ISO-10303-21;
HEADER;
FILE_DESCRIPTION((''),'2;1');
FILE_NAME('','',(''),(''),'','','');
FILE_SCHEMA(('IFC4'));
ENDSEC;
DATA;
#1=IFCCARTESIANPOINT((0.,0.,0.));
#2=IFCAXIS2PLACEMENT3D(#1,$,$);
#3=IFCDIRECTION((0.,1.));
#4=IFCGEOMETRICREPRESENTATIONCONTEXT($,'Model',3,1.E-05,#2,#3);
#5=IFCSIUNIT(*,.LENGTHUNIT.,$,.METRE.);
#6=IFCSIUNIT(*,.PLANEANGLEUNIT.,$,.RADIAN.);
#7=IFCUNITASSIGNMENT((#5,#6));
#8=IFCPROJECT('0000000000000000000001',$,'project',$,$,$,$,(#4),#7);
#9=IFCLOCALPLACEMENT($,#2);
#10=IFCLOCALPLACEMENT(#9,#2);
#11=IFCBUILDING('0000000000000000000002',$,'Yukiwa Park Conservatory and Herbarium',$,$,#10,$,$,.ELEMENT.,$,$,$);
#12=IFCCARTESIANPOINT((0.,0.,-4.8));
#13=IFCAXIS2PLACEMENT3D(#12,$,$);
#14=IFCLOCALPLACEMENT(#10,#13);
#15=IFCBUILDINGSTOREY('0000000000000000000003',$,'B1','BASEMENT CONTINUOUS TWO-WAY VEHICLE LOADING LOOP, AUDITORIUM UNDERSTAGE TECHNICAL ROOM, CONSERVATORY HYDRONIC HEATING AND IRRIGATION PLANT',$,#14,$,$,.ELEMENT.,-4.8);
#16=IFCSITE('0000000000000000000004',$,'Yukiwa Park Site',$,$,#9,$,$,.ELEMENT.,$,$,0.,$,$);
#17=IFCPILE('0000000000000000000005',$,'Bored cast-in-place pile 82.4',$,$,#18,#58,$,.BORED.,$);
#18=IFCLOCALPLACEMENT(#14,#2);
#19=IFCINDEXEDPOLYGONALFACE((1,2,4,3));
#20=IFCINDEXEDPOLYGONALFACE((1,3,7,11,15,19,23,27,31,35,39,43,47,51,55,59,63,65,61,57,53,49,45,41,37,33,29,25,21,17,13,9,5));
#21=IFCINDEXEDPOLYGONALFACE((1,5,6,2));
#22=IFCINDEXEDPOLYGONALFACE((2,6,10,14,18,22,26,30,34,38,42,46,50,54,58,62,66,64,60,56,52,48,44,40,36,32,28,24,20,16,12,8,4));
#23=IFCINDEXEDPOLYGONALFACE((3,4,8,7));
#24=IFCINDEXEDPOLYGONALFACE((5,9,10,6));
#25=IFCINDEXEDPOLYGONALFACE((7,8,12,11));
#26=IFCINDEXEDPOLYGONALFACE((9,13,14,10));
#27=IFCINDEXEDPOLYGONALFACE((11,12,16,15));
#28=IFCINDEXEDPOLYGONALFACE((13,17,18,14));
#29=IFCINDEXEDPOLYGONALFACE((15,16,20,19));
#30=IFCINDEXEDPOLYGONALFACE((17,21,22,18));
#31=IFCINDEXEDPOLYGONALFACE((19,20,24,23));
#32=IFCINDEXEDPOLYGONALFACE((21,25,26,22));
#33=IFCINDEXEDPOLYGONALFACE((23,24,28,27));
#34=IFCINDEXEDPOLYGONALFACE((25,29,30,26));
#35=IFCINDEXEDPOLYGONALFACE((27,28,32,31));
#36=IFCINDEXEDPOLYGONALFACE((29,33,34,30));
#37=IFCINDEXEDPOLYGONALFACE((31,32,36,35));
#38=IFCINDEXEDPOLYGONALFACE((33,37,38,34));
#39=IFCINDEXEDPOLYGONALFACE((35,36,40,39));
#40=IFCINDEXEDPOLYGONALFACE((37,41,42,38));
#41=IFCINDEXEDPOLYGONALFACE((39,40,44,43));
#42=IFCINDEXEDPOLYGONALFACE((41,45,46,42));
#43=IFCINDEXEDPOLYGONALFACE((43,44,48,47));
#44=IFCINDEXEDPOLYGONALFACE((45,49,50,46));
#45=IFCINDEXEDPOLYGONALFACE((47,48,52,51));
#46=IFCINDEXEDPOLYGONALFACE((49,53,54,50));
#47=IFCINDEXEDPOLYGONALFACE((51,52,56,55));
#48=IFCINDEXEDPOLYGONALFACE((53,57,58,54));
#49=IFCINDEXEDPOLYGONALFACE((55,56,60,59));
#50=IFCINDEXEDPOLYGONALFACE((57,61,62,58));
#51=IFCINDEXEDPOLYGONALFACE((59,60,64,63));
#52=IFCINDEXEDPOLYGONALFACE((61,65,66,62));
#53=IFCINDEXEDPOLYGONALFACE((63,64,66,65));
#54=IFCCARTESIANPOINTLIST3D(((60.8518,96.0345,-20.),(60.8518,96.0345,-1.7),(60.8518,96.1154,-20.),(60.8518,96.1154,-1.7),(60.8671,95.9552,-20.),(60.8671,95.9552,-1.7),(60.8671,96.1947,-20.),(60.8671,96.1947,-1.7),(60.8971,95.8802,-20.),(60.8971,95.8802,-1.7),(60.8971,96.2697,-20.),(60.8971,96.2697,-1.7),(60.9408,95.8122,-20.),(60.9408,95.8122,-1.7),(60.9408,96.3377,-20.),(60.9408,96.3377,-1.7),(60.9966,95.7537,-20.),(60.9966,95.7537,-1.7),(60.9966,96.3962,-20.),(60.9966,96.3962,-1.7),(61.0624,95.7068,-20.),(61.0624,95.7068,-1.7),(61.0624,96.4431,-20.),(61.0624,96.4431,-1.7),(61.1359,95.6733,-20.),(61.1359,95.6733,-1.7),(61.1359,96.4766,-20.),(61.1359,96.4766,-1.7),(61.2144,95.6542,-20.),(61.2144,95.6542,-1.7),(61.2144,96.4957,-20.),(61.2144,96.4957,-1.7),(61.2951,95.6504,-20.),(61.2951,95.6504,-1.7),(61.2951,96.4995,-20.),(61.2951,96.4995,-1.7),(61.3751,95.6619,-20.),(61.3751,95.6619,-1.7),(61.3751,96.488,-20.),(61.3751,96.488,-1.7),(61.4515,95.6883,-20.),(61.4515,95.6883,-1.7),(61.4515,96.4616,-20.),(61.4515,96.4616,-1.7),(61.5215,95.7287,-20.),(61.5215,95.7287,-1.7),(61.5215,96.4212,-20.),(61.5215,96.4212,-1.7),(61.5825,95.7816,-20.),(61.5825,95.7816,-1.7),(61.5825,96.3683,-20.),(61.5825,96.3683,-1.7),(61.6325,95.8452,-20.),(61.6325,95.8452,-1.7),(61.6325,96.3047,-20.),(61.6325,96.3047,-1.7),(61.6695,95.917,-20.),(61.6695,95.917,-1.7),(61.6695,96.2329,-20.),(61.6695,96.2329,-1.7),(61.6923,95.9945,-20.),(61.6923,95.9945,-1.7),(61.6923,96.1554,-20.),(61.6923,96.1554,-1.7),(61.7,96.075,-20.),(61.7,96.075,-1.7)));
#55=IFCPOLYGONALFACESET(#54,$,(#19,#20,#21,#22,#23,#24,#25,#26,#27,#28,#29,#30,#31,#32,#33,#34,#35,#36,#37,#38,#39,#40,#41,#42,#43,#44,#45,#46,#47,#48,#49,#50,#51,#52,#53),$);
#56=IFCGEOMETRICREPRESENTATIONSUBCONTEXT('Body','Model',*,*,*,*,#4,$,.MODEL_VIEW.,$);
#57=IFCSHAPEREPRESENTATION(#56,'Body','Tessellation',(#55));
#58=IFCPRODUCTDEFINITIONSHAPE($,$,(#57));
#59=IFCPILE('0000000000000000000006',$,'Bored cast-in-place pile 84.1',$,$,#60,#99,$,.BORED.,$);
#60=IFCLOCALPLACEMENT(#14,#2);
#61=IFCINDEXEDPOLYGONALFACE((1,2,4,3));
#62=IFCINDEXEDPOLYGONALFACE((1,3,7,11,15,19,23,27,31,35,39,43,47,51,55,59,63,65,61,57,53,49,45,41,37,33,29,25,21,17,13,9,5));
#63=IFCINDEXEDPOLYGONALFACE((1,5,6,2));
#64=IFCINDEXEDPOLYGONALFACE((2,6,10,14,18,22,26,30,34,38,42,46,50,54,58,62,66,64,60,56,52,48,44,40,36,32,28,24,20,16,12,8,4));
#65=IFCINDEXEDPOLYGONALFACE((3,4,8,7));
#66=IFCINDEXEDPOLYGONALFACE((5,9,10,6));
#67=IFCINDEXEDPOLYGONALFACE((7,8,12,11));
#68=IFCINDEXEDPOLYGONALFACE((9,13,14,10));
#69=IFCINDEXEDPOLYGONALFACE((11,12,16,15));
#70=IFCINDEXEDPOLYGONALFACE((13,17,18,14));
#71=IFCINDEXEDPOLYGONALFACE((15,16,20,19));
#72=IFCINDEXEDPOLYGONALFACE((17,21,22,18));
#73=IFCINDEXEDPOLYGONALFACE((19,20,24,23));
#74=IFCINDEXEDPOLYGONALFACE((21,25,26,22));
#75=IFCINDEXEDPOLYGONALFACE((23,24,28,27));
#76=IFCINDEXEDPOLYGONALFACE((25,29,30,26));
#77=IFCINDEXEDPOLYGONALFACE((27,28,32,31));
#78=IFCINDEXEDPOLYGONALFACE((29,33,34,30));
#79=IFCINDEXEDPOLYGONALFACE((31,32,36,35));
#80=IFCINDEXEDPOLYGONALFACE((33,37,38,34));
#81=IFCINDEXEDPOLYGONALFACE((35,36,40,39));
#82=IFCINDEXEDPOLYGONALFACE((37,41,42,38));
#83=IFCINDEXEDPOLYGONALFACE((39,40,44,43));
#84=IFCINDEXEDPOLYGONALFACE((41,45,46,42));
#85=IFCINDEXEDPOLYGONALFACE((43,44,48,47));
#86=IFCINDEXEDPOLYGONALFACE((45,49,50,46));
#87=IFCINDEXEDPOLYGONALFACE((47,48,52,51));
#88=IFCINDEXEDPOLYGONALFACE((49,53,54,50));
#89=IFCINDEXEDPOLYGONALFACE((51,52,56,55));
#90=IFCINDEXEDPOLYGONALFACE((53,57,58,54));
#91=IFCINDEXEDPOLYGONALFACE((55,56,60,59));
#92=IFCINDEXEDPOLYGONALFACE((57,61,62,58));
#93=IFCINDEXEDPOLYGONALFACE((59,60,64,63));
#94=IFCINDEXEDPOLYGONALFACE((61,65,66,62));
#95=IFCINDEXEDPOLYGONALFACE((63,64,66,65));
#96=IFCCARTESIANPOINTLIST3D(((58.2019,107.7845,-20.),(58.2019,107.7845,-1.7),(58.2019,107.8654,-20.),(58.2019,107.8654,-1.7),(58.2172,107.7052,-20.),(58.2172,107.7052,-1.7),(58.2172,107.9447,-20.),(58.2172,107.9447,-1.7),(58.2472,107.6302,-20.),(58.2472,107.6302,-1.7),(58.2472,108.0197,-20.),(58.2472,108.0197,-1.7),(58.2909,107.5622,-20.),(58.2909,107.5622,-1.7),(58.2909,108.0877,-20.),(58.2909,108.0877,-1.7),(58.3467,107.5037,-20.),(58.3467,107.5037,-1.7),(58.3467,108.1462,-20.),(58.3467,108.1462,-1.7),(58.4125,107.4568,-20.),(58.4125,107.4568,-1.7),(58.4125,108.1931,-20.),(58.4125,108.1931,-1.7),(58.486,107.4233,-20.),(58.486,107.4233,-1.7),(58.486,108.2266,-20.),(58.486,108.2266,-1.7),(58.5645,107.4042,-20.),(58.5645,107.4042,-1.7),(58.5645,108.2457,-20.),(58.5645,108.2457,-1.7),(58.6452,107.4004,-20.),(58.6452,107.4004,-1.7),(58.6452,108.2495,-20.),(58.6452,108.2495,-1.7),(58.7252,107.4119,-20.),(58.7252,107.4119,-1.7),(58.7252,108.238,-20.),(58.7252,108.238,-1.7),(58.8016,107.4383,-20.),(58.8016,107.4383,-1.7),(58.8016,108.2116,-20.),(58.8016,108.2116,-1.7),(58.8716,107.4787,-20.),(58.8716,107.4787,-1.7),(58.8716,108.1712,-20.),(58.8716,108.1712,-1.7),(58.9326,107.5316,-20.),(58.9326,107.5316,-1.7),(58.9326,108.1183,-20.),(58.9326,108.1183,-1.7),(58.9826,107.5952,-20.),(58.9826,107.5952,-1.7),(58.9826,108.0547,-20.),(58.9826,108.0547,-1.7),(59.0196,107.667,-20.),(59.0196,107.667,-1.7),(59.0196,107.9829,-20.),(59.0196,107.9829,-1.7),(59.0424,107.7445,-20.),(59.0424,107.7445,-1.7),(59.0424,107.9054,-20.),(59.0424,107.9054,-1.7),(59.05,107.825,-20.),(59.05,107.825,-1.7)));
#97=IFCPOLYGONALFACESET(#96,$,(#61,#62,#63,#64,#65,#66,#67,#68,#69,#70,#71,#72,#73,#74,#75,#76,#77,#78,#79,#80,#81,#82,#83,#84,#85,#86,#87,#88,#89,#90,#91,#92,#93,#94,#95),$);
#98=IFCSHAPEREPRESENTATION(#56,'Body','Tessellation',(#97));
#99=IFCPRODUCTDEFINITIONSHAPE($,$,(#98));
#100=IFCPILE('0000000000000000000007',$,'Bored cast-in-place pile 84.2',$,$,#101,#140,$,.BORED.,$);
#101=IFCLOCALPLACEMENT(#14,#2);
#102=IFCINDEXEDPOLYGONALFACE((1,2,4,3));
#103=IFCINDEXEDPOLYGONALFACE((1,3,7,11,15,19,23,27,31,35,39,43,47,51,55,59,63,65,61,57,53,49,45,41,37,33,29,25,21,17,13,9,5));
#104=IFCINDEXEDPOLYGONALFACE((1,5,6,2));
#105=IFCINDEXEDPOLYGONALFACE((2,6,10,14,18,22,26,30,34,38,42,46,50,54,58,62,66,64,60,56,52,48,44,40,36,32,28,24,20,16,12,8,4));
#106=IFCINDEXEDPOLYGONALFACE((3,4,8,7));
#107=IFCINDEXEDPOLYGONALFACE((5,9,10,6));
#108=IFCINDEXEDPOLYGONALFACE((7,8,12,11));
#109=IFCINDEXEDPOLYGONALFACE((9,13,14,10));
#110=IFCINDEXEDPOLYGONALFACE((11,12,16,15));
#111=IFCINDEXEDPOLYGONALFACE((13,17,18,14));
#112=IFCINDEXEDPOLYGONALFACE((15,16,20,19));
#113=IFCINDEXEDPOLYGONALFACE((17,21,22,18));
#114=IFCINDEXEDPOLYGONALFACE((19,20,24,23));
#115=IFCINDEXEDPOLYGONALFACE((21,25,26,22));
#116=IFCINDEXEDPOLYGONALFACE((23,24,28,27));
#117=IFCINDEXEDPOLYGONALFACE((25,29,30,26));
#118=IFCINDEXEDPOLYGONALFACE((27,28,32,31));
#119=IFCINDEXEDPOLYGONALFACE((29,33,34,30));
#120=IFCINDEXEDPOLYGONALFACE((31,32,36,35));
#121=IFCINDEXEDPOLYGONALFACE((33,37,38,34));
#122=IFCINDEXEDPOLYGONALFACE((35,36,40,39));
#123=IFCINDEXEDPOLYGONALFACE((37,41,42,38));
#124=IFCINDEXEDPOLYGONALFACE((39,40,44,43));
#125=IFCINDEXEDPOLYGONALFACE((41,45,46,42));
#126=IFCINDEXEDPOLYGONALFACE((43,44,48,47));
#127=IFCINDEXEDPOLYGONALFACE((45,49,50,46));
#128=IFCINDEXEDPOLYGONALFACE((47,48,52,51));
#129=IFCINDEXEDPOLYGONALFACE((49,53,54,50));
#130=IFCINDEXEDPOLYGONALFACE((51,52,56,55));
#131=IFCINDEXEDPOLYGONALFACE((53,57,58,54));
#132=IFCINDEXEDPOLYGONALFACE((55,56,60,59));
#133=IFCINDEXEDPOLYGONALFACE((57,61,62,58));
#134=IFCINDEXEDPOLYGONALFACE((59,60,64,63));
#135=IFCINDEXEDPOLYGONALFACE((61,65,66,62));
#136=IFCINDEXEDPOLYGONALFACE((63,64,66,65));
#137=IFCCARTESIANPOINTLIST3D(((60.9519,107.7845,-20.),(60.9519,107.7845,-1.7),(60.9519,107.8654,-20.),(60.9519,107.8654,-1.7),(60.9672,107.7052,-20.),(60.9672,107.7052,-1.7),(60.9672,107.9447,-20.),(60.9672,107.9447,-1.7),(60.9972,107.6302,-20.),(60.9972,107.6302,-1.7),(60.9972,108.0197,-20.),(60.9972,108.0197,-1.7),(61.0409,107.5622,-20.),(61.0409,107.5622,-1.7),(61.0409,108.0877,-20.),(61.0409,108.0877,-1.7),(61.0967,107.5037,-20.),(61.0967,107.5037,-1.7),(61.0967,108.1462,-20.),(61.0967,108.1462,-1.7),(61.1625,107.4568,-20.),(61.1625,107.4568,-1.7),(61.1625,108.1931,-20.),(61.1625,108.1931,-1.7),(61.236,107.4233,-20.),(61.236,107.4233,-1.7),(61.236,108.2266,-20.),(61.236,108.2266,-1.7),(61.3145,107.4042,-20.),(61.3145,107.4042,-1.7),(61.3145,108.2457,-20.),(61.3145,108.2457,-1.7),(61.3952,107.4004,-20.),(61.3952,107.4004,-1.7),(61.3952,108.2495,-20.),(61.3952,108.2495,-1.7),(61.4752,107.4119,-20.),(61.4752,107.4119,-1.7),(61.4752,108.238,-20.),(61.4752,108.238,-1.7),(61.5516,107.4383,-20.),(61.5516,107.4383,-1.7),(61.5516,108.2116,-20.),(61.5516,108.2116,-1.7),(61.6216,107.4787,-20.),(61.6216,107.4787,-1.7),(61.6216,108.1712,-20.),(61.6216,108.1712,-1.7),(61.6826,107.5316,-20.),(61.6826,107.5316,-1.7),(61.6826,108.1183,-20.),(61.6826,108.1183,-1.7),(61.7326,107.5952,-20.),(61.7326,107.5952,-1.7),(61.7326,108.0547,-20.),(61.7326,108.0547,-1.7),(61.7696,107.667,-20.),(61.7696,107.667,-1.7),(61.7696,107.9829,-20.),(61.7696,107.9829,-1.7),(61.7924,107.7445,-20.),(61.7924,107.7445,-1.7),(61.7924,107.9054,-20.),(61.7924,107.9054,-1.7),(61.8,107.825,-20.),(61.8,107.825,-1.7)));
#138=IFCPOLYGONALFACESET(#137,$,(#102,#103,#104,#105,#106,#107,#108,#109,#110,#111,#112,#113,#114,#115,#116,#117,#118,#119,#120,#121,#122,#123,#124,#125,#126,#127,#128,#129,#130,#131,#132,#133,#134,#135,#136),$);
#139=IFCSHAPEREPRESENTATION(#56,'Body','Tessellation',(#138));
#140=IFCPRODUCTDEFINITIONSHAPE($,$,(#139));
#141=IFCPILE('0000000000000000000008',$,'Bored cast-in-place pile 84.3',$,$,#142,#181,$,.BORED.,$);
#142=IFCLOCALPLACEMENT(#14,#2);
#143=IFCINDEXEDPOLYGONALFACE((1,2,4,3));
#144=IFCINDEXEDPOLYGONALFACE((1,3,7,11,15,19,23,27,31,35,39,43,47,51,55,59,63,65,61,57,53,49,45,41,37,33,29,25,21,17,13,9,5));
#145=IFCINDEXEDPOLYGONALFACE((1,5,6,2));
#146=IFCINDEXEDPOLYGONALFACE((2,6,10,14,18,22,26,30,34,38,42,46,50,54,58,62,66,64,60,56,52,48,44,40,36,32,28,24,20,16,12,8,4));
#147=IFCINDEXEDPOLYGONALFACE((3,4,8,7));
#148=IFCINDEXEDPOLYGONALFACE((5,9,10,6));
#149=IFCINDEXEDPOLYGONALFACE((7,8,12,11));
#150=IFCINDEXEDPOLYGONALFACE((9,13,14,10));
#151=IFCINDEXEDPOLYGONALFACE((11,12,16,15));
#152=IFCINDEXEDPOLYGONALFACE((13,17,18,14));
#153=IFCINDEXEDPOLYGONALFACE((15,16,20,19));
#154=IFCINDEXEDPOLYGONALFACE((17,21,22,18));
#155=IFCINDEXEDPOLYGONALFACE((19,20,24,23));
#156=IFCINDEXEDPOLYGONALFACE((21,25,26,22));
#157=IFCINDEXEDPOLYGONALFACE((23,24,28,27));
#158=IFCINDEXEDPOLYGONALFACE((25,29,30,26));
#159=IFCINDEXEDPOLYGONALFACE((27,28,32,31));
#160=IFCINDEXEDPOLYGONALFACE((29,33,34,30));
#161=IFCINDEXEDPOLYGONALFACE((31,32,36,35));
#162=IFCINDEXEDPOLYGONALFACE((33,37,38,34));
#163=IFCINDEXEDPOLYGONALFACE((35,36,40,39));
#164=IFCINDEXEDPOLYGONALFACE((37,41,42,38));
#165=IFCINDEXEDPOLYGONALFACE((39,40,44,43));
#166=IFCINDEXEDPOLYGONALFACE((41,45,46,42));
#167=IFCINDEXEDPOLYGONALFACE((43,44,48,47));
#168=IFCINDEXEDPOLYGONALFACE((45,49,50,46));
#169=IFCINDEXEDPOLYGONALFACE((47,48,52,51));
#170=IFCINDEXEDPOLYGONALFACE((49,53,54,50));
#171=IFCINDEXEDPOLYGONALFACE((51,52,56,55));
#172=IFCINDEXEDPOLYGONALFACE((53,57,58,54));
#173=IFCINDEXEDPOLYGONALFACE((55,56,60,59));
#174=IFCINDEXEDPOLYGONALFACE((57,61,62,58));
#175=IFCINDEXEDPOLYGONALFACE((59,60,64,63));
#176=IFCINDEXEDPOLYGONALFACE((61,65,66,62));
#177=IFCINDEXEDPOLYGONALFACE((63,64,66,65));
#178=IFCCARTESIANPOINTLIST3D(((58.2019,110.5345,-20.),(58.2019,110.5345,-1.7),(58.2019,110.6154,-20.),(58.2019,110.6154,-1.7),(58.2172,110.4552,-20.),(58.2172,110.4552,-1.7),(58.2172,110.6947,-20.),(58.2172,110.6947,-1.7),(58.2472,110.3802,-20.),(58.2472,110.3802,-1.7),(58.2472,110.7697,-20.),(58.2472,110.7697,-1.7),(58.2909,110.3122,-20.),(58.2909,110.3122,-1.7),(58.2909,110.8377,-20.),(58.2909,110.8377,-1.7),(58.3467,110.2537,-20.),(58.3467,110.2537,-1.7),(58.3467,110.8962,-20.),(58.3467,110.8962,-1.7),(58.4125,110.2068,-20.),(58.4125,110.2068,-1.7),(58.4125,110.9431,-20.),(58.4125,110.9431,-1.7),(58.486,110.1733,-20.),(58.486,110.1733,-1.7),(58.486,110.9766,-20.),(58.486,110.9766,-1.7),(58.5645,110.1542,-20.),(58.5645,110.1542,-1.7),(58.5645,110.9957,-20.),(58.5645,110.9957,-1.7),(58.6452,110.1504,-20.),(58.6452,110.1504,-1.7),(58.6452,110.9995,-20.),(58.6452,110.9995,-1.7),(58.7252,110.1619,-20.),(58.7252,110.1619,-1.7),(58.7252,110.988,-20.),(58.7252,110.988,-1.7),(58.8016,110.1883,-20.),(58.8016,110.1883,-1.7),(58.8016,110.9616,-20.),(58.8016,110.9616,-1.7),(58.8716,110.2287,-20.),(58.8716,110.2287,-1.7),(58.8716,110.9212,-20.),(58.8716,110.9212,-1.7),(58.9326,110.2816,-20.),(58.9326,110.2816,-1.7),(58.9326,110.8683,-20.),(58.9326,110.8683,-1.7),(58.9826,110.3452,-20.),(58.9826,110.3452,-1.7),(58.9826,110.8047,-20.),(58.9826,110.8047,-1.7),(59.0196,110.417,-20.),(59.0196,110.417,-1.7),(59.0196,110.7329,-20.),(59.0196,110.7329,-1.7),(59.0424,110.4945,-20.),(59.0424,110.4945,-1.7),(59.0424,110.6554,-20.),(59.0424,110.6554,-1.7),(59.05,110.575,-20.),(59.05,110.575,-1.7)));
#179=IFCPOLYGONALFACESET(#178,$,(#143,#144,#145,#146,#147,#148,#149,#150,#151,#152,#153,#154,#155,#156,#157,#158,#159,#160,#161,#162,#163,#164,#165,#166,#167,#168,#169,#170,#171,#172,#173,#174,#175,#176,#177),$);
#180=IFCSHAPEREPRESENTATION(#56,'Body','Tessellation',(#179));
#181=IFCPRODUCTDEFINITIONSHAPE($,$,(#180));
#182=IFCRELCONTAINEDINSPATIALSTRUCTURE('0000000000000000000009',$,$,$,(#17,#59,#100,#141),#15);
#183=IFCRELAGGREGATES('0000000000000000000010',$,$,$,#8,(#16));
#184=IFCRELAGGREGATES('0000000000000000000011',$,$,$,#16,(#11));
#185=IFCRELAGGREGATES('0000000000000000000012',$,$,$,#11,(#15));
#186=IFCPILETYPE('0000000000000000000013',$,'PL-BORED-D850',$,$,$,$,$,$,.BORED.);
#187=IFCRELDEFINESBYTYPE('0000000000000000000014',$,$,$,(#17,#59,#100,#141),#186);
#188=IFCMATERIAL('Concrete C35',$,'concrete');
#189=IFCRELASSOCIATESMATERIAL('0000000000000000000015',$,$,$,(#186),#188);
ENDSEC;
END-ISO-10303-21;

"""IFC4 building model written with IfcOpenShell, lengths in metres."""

from ifc_helpers import new_model, si_unit, direction, frame, origin, origin_2d, place, context, subcontext, project, spatial, circle, extrude, material, material_profile, profile_set, type_object, element, save


model = new_model("IFC4")

# Units and contexts
model_context = context("Model", 3, precision=1e-05, world=origin(), true_north=direction((0.0, 1.0)))
body_context = subcontext(model_context, "Body", "Model", "MODEL_VIEW")
ifc_project = project(units=[si_unit("LENGTHUNIT", "METRE"), si_unit("PLANEANGLEUNIT", "RADIAN")], contexts=[model_context])

# Site, building, storey
site_placement = place(None, origin())
site = spatial("IfcSite", under=ifc_project, at=site_placement, Name="Yukiwa Park Site", CompositionType="ELEMENT", RefElevation=0.0)
building_placement = place(site_placement, origin())
building = spatial("IfcBuilding", under=site, at=building_placement, Name="Yukiwa Park Conservatory and Herbarium", CompositionType="ELEMENT")
storey_placement = place(building_placement, frame((0.0, 0.0, -4.8)))
storey = spatial("IfcBuildingStorey", under=building, at=storey_placement, Name="B1", Description="BASEMENT CONTINUOUS TWO-WAY VEHICLE LOADING LOOP, AUDITORIUM UNDERSTAGE TECHNICAL ROOM, CONSERVATORY HYDRONIC HEATING AND IRRIGATION PLANT", CompositionType="ELEMENT", Elevation=-4.8)

# Piles
ifc_material_1 = material(Name="Concrete C35", Category="concrete")
ifc_material_profile_1 = material_profile(ifc_material_1, circle(Radius=0.425, at=origin_2d()), Name="PILE D850")
ifc_profile_set_1 = profile_set([ifc_material_profile_1], Name="Concrete C35")
pile_type_1 = type_object("IfcPileType", Name="PL-BORED-D850", PredefinedType="BORED", material=ifc_profile_set_1)
for number, where, z_axis, x_axis, name in (
    (1, (61.2749, 96.075, -1.7), (0.0, 0.0, -1.0), (1.0, 0.0, 0.0), "Bored cast-in-place pile 82.4"),
    (2, (58.625, 107.825, -1.7), (0.0, 0.0, -1.0), (1.0, 0.0, 0.0), "Bored cast-in-place pile 84.1"),
    (3, (61.375, 107.825, -1.7), (0.0, 0.0, -1.0), (1.0, 0.0, 0.0), "Bored cast-in-place pile 84.2"),
    (4, (58.625, 110.575, -1.7), (0.0, 0.0, -1.0), (1.0, 0.0, 0.0), "Bored cast-in-place pile 84.3"),
):
    element("IfcPile", number, at=place(storey_placement, frame(where, z_axis=z_axis, x_axis=x_axis)), inside=storey, type_object=pile_type_1, Name=name, PredefinedType="BORED", context=body_context, shape_type="SweptSolid", body=[
        extrude(circle(Radius=0.425, at=origin_2d()), origin(), (0.0, 0.0, 1.0), 18.3),
    ])

save(model, "model.ifc")
